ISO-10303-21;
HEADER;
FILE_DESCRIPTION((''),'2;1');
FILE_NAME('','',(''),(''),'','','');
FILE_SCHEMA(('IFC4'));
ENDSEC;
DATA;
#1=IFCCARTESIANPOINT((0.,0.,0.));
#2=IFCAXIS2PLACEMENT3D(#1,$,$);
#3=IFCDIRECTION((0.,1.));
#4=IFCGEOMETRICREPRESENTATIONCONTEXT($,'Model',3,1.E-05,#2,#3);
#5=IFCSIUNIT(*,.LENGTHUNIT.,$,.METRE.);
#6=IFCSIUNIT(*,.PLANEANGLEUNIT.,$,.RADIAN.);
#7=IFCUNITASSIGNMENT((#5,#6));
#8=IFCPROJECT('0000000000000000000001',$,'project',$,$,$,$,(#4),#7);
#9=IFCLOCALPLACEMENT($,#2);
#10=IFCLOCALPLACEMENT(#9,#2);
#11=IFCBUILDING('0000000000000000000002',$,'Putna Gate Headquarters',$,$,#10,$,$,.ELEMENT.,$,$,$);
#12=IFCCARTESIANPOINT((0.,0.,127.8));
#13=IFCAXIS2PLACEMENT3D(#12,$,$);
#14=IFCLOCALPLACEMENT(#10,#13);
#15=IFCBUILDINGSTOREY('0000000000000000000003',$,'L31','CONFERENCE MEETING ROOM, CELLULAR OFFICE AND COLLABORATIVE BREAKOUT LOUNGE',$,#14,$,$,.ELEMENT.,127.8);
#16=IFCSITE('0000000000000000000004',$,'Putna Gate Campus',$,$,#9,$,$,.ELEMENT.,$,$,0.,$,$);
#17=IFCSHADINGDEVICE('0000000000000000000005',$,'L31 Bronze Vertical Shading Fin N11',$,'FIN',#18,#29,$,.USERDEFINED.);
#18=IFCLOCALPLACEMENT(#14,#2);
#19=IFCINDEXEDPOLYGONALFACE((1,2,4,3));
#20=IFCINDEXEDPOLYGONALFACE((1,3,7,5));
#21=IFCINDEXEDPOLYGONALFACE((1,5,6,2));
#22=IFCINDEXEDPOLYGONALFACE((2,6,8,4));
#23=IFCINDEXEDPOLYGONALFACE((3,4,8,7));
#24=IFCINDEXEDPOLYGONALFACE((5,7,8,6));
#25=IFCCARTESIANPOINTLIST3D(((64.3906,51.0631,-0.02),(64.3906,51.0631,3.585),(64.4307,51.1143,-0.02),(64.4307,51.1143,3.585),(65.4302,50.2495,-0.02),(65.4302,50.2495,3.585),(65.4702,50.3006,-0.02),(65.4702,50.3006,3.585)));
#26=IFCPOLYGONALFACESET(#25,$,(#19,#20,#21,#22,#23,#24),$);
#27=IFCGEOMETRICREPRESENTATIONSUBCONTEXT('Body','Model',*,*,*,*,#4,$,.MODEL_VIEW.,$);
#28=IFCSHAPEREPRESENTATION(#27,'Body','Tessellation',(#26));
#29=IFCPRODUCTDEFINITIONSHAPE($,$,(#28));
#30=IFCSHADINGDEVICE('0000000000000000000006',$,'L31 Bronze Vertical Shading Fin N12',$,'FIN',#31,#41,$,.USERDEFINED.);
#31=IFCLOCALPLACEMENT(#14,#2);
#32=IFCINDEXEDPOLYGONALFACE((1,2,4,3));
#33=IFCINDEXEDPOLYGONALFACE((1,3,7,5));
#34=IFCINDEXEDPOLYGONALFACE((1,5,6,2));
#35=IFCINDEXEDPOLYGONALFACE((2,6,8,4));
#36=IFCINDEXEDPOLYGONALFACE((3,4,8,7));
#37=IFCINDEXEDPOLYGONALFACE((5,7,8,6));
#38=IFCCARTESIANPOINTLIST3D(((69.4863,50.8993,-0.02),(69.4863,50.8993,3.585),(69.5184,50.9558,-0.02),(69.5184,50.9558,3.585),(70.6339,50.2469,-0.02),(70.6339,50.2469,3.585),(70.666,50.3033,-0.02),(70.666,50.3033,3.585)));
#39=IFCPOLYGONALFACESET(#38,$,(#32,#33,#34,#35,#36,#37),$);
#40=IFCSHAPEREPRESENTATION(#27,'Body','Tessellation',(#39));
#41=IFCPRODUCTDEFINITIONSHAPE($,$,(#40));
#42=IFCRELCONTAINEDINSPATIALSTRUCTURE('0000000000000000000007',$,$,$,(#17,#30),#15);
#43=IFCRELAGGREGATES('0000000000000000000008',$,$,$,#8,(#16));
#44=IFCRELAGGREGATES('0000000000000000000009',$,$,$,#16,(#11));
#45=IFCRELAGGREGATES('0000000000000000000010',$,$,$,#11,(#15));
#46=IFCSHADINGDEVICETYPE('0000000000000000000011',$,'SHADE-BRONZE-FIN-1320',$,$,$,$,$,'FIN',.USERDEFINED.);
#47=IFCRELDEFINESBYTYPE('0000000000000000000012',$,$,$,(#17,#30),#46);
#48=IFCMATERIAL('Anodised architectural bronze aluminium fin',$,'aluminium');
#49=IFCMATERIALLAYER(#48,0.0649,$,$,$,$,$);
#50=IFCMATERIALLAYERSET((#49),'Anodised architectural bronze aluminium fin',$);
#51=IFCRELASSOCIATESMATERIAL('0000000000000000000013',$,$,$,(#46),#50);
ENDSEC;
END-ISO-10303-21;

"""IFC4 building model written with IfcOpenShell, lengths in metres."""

from ifc_helpers import new_model, si_unit, direction, frame, origin, origin_2d, place, context, subcontext, project, spatial, rectangle, extrude, material, layer, layer_set, type_object, element, save


model = new_model("IFC4")

# Units and contexts
model_context = context("Model", 3, precision=1e-05, world=origin(), true_north=direction((0.0, 1.0)))
body_context = subcontext(model_context, "Body", "Model", "MODEL_VIEW")
ifc_project = project(units=[si_unit("LENGTHUNIT", "METRE"), si_unit("PLANEANGLEUNIT", "RADIAN")], contexts=[model_context])

# Site, building, storey
site_placement = place(None, origin())
site = spatial("IfcSite", under=ifc_project, at=site_placement, Name="Putna Gate Campus", CompositionType="ELEMENT", RefElevation=0.0)
building_placement = place(site_placement, origin())
building = spatial("IfcBuilding", under=site, at=building_placement, Name="Putna Gate Headquarters", CompositionType="ELEMENT")
storey_placement = place(building_placement, frame((0.0, 0.0, 127.8)))
storey = spatial("IfcBuildingStorey", under=building, at=storey_placement, Name="L31", Description="CONFERENCE MEETING ROOM, CELLULAR OFFICE AND COLLABORATIVE BREAKOUT LOUNGE", CompositionType="ELEMENT", Elevation=127.8)

# Shading devices
ifc_material_1 = material(Name="Anodised architectural bronze aluminium fin", Category="aluminium")
ifc_layer_1 = layer(ifc_material_1, 0.0649)
ifc_layer_set_1 = layer_set([ifc_layer_1], Name="Anodised architectural bronze aluminium fin")
shading_device_type = type_object("IfcShadingDeviceType", Name="SHADE-BRONZE-FIN-1320", ElementType="FIN", PredefinedType="USERDEFINED", material=ifc_layer_set_1)
for number, where, z_axis, x_axis, name in (
    (1, (64.9304, 50.6819, -0.02), (0.0, 0.0, 1.0), (-0.787473, 0.616349, 0.0), "L31 Bronze Vertical Shading Fin N11"),
    (2, (70.0762, 50.6013, -0.02), (0.0, 0.0, 1.0), (-0.869322, 0.494245, 0.0), "L31 Bronze Vertical Shading Fin N12"),
):
    element("IfcShadingDevice", number, at=place(storey_placement, frame(where, z_axis=z_axis, x_axis=x_axis)), inside=storey, type_object=shading_device_type, Name=name, ObjectType="FIN", PredefinedType="USERDEFINED", context=body_context, shape_type="SweptSolid", body=[
        extrude(rectangle(XDim=1.3201, YDim=0.0649, at=origin_2d()), origin(), (0.0, 0.0, 1.0), 3.605),
    ])

save(model, "model.ifc")
